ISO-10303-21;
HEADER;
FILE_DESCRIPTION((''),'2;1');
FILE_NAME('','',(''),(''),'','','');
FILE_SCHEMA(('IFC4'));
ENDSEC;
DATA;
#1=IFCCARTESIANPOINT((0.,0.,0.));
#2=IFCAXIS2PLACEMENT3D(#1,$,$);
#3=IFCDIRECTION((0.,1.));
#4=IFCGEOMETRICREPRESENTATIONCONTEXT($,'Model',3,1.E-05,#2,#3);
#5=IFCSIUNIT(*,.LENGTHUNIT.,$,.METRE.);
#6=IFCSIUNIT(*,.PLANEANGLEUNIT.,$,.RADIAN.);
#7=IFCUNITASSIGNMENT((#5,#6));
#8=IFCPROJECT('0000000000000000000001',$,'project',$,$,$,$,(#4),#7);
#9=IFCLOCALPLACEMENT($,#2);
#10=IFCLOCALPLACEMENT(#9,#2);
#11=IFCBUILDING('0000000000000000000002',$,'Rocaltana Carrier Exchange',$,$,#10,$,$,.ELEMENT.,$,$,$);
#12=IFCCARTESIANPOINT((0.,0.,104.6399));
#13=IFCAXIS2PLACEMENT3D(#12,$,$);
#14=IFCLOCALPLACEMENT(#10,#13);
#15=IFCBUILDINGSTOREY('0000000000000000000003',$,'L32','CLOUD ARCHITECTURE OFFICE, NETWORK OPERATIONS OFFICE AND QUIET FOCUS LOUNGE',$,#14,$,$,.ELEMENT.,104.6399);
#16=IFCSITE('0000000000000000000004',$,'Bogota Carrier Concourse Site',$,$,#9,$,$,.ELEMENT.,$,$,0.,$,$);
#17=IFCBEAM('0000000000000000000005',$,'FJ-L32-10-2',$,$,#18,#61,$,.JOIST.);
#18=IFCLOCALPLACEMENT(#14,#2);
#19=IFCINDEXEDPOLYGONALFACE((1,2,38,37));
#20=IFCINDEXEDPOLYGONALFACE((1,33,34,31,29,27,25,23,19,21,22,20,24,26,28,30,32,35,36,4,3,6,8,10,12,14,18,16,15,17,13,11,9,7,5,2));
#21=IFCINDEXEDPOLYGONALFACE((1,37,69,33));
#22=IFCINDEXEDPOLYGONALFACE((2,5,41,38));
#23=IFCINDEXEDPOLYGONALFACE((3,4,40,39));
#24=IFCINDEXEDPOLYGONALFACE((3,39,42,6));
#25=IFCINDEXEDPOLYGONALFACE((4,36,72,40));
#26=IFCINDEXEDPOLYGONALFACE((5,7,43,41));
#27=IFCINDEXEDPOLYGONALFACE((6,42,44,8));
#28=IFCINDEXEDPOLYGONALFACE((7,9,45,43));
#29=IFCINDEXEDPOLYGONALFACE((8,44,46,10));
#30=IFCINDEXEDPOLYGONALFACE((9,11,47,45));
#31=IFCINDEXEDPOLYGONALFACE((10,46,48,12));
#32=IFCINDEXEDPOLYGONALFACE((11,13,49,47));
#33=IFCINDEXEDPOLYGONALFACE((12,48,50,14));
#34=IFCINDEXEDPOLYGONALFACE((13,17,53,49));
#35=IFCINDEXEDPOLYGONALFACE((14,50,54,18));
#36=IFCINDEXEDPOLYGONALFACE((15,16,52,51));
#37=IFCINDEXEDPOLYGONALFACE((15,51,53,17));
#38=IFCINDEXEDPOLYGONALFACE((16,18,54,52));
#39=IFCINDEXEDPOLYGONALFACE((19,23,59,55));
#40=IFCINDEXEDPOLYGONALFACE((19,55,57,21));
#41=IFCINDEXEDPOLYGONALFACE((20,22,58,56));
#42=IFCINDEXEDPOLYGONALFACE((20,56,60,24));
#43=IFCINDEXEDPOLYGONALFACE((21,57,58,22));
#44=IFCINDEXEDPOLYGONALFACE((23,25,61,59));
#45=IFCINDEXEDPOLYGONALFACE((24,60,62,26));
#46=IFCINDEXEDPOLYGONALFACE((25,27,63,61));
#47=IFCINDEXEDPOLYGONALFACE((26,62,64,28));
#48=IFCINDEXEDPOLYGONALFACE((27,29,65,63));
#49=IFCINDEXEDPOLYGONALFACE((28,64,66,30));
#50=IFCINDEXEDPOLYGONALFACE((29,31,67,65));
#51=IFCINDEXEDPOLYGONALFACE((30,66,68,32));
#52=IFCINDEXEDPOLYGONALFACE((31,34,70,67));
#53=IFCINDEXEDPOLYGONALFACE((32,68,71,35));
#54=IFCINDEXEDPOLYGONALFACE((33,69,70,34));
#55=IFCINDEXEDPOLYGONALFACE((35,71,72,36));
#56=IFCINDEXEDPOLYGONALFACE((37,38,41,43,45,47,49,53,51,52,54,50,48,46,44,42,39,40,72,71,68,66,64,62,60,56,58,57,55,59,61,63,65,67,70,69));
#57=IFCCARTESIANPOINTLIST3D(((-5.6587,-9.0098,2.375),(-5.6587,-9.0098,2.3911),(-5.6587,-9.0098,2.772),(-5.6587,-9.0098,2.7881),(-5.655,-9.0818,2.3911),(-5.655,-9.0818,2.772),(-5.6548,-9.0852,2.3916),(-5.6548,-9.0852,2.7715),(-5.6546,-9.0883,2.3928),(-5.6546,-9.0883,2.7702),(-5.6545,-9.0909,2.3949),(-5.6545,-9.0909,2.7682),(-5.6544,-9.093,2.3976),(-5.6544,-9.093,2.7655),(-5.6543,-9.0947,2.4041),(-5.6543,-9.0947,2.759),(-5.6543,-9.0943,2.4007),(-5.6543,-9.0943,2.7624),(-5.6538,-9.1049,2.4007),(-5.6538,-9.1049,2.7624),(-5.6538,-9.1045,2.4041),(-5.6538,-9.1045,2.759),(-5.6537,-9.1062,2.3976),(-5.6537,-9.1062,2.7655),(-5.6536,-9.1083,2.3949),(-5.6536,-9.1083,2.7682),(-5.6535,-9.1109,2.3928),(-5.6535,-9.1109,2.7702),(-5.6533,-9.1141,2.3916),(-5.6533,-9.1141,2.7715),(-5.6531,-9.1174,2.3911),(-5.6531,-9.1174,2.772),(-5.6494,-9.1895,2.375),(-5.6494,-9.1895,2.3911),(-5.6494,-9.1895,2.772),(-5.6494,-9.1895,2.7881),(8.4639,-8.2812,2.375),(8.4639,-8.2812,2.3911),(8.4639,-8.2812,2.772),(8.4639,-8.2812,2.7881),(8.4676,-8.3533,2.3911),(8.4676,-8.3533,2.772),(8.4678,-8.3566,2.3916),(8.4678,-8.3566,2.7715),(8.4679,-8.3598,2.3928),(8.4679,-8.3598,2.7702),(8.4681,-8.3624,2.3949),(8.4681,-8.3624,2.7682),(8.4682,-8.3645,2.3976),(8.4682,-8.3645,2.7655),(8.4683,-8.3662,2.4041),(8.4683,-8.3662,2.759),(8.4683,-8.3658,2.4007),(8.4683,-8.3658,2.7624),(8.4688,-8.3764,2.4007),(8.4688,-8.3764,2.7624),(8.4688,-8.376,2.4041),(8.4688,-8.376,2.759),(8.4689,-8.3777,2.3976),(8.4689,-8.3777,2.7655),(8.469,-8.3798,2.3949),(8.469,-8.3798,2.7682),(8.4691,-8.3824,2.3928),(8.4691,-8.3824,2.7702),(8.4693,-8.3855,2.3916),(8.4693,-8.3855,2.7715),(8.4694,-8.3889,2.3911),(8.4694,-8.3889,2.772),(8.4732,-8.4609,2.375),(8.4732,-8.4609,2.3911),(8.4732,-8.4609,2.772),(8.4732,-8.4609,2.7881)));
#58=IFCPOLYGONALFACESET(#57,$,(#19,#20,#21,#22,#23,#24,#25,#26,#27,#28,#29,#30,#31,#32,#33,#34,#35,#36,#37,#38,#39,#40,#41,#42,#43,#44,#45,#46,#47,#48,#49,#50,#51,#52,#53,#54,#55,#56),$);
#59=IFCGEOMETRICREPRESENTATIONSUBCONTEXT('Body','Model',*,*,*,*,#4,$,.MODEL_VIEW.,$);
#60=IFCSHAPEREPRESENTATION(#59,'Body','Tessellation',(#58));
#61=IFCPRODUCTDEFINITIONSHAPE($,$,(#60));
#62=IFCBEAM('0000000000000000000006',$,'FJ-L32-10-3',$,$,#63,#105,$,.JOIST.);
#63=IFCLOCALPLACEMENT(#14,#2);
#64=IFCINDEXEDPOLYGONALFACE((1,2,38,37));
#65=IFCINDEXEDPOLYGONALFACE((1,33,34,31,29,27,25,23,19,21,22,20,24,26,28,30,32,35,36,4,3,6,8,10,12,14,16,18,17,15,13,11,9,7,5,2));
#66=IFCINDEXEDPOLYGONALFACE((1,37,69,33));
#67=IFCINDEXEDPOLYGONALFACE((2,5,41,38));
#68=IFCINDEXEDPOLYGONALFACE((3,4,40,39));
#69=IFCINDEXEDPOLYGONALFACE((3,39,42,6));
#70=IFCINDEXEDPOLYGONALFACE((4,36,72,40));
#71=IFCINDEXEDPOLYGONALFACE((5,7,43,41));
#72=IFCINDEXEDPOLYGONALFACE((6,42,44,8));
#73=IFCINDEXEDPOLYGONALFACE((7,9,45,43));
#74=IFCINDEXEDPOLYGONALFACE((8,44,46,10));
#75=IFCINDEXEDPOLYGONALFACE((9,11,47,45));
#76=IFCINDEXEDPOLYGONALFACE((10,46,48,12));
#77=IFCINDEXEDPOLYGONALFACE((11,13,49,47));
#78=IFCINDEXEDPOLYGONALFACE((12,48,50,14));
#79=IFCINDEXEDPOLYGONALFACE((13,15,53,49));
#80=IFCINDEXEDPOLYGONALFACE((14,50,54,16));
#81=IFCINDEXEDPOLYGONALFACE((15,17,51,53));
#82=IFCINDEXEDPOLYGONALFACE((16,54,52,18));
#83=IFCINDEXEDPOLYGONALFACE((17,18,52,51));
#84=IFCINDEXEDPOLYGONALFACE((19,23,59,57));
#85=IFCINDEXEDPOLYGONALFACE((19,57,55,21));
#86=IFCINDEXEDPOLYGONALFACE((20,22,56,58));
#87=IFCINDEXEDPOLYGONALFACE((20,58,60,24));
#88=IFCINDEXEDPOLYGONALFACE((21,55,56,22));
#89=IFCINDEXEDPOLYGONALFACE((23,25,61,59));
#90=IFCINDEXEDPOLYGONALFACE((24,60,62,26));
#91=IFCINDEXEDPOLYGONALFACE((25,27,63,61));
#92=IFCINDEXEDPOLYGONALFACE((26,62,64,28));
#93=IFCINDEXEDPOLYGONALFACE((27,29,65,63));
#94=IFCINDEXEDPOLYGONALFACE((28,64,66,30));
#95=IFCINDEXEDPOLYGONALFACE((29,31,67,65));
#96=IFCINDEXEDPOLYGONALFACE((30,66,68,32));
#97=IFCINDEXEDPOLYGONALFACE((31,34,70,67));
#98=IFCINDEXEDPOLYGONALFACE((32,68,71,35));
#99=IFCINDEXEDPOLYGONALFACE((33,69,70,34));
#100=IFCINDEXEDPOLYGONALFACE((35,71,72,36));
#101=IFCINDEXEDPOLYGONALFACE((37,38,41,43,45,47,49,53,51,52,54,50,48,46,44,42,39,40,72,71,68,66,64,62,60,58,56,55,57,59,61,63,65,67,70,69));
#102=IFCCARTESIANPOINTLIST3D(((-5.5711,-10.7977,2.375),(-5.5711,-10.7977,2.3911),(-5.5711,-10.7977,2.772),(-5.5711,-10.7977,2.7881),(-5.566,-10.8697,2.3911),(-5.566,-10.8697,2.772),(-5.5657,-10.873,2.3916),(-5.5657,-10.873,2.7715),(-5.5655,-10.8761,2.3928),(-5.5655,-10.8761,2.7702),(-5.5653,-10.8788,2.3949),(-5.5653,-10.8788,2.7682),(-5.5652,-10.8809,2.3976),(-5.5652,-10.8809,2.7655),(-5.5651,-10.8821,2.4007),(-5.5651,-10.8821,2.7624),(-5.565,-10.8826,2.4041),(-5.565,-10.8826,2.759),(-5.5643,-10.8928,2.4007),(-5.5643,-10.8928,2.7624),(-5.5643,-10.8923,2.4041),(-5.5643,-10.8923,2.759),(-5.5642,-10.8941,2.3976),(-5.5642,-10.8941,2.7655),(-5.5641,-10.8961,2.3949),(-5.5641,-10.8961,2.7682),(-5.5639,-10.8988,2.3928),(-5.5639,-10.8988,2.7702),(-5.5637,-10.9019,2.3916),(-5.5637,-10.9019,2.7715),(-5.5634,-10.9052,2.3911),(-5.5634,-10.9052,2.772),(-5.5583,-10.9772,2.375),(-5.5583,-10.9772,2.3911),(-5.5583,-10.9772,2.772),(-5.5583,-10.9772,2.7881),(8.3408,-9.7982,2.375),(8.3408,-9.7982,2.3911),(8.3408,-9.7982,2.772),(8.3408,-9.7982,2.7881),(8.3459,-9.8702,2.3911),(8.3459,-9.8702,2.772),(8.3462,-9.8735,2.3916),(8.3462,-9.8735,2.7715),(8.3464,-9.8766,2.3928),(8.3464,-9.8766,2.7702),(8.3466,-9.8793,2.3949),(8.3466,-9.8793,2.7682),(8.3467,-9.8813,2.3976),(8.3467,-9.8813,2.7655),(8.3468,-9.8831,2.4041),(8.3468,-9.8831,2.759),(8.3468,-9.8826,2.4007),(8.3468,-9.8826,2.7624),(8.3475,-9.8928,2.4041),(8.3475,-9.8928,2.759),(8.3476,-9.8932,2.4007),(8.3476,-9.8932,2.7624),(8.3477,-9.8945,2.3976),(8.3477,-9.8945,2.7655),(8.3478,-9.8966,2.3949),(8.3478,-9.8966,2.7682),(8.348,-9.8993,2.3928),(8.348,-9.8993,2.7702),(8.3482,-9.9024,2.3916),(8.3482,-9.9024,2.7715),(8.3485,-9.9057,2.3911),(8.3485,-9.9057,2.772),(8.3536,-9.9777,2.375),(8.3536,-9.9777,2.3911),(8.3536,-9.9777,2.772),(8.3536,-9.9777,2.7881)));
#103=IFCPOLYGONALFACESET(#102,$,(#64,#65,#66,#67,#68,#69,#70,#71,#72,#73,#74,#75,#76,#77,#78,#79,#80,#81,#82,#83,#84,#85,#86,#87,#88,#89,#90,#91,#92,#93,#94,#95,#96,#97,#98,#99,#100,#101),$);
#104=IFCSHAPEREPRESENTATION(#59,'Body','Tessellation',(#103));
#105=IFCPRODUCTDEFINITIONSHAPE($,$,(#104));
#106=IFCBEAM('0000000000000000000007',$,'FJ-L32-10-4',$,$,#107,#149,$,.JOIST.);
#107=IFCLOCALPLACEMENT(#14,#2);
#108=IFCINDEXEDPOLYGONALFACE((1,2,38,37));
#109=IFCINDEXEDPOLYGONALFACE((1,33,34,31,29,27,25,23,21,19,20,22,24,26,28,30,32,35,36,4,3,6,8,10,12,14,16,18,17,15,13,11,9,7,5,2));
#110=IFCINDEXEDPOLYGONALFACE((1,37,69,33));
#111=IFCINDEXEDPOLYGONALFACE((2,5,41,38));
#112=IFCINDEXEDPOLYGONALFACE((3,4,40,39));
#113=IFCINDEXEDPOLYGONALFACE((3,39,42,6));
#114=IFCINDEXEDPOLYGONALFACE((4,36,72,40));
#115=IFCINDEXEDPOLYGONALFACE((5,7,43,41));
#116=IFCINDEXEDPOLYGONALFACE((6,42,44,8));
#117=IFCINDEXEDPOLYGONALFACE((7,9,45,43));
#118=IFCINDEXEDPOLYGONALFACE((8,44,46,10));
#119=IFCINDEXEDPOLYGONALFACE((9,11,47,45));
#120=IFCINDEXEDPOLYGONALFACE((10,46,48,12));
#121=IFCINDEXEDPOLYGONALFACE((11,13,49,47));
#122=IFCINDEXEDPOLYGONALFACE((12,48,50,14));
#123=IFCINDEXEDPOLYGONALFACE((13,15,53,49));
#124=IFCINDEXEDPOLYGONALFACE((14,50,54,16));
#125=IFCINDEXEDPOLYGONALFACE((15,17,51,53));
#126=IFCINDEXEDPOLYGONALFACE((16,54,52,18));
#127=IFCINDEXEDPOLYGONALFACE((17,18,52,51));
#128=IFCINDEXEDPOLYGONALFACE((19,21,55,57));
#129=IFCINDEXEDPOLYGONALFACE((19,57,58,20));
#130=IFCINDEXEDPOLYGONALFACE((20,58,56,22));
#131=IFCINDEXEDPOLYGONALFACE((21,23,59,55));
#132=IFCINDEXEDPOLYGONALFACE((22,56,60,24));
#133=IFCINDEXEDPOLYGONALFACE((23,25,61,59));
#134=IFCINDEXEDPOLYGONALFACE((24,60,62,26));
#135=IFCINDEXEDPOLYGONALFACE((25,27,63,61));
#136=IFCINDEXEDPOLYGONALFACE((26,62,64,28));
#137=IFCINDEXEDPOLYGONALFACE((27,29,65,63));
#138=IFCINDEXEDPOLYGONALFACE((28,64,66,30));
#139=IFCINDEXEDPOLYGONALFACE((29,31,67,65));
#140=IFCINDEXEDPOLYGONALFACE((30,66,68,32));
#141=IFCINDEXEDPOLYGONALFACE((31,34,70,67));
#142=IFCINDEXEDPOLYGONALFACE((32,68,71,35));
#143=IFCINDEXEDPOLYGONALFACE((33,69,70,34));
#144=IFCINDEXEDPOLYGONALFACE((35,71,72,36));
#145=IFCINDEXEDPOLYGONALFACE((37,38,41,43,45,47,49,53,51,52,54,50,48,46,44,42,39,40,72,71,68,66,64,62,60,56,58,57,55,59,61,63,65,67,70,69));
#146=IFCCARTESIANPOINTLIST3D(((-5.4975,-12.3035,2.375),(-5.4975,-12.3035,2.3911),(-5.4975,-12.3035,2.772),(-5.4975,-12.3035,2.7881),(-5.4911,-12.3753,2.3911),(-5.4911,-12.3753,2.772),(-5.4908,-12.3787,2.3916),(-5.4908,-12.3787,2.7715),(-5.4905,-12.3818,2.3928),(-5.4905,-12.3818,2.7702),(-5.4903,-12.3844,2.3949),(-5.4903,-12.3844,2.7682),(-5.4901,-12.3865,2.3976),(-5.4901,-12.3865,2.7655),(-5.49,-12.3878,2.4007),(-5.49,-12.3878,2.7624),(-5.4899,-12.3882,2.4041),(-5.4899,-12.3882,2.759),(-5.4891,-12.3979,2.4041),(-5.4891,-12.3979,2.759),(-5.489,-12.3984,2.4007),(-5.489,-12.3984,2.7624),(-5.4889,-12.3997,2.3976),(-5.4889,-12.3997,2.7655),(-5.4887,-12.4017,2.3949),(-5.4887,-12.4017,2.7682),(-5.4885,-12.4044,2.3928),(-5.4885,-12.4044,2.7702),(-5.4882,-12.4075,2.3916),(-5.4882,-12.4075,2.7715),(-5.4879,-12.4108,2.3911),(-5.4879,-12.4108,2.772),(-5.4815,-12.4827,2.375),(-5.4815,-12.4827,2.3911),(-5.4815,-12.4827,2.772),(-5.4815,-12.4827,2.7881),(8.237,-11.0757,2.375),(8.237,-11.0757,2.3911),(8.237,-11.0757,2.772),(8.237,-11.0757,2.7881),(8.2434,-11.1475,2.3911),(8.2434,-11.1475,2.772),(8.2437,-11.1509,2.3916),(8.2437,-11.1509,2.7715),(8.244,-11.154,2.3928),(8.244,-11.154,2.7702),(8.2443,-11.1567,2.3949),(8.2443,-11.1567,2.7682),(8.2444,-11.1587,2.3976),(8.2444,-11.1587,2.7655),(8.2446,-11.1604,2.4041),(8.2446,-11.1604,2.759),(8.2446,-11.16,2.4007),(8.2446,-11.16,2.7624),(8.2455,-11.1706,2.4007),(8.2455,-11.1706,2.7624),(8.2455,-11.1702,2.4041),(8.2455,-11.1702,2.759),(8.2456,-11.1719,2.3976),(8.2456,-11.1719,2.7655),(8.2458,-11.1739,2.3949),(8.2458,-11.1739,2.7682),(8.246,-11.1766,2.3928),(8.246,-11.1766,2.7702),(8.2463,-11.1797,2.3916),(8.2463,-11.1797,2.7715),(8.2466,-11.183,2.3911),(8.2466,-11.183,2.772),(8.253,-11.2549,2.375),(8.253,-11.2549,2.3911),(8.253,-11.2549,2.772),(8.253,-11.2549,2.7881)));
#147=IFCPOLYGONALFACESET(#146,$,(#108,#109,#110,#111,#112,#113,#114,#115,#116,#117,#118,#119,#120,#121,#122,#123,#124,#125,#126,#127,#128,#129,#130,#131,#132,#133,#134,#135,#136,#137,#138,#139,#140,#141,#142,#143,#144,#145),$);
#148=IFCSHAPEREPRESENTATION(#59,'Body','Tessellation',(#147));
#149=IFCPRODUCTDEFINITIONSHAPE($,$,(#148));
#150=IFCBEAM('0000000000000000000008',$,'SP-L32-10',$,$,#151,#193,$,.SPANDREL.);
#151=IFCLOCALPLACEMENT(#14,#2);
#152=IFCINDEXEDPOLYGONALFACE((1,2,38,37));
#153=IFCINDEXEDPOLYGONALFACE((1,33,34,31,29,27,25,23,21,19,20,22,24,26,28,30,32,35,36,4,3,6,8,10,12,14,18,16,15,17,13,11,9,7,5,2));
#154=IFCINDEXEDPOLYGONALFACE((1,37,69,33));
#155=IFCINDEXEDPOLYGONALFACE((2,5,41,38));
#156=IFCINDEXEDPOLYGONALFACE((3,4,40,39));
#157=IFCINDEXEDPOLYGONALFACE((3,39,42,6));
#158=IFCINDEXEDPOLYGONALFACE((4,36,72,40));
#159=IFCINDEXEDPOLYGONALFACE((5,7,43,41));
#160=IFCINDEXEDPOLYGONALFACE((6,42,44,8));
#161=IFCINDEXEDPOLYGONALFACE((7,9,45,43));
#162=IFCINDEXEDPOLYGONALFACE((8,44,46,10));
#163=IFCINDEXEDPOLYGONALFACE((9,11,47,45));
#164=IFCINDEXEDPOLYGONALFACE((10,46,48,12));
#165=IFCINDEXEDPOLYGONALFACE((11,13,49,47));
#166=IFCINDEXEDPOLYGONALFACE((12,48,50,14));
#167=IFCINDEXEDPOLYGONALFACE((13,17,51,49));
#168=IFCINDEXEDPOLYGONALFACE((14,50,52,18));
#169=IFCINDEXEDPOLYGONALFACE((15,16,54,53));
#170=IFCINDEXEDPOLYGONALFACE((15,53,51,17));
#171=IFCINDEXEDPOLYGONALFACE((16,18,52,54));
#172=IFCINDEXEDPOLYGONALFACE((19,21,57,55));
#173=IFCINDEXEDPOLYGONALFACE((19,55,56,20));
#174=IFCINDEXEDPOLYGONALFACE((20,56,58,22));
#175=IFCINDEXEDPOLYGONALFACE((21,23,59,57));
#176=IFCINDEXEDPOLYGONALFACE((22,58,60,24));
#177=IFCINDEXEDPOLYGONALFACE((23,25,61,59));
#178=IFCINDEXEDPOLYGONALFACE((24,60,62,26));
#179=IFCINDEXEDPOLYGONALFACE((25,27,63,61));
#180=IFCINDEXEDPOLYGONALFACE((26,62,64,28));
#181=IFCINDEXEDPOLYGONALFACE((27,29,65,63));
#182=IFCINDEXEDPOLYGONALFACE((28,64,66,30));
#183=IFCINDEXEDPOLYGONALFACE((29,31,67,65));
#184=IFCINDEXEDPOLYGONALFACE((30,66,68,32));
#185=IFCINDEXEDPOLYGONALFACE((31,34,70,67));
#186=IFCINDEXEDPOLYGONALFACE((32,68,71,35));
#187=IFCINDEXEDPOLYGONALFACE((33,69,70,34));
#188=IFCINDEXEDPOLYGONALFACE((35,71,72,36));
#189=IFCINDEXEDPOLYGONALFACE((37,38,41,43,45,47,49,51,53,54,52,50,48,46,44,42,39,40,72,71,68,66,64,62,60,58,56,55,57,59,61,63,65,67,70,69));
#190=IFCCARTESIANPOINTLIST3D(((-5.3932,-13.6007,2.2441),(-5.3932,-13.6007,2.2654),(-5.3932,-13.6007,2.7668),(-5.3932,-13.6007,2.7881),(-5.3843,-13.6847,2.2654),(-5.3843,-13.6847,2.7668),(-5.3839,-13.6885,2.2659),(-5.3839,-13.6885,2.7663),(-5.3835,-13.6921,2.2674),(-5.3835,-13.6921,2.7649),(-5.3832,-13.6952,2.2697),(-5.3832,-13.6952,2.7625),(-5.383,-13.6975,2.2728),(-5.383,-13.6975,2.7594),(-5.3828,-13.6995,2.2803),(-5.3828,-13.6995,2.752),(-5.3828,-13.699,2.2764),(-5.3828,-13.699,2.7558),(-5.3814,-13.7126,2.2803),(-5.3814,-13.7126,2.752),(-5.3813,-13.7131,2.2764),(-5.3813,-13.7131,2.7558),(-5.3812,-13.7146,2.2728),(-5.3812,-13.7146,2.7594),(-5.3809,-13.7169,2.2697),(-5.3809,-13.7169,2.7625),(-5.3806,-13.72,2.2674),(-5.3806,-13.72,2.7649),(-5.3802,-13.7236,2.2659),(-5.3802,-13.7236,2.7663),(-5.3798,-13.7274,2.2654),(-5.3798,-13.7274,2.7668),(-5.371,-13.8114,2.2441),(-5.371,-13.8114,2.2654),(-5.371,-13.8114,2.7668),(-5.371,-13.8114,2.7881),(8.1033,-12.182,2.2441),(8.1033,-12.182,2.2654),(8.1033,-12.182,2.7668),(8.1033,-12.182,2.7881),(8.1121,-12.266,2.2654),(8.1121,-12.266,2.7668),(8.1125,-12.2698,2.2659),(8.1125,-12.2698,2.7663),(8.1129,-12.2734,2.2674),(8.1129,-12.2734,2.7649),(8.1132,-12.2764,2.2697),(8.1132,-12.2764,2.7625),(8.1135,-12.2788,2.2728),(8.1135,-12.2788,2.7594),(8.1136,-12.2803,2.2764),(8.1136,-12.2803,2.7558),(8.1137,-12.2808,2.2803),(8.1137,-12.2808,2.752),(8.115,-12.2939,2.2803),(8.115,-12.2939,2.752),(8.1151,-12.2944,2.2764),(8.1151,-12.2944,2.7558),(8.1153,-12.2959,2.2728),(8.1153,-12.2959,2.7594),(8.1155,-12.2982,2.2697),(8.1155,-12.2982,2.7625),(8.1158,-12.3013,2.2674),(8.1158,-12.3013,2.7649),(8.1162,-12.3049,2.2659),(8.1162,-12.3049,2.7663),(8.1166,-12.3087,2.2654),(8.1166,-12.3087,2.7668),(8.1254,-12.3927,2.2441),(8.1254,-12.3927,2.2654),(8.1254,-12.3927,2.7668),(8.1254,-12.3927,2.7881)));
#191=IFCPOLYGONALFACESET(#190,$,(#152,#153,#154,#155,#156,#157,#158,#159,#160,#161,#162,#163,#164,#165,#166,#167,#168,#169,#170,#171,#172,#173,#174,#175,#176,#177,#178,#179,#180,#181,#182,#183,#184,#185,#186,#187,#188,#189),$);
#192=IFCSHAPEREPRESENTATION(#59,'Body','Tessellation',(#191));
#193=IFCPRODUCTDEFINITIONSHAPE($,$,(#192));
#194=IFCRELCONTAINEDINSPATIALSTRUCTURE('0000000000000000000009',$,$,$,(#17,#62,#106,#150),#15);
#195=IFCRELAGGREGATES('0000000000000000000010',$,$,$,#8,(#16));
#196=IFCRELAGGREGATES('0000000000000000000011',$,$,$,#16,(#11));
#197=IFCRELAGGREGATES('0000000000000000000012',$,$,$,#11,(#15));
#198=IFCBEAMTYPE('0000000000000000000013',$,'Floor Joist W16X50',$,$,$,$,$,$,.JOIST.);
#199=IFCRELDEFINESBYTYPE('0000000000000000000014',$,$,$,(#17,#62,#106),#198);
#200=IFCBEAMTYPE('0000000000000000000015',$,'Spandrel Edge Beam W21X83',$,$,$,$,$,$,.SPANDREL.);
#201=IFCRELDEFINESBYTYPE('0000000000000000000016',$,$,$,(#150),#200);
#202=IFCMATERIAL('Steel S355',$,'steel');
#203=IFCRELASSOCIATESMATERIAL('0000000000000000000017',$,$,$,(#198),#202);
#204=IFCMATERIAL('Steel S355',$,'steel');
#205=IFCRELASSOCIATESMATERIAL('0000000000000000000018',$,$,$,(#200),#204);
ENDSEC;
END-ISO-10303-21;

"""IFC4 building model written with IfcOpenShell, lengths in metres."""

from ifc_helpers import new_model, si_unit, direction, frame, origin, origin_2d, place, context, subcontext, project, spatial, i_section, extrude, material, material_profile, profile_set, type_object, element, save


model = new_model("IFC4")

# Units and contexts
model_context = context("Model", 3, precision=1e-05, world=origin(), true_north=direction((0.0, 1.0)))
body_context = subcontext(model_context, "Body", "Model", "MODEL_VIEW")
ifc_project = project(units=[si_unit("LENGTHUNIT", "METRE"), si_unit("PLANEANGLEUNIT", "RADIAN")], contexts=[model_context])

# Site, building, storey
site_placement = place(None, origin())
site = spatial("IfcSite", under=ifc_project, at=site_placement, Name="Bogota Carrier Concourse Site", CompositionType="ELEMENT", RefElevation=0.0)
building_placement = place(site_placement, origin())
building = spatial("IfcBuilding", under=site, at=building_placement, Name="Rocaltana Carrier Exchange", CompositionType="ELEMENT")
storey_placement = place(building_placement, frame((0.0, 0.0, 104.6399)))
storey = spatial("IfcBuildingStorey", under=building, at=storey_placement, Name="L32", Description="CLOUD ARCHITECTURE OFFICE, NETWORK OPERATIONS OFFICE AND QUIET FOCUS LOUNGE", CompositionType="ELEMENT", Elevation=104.6399)

# Beams
ifc_material_1 = material(Name="Steel S355", Category="steel")
ifc_material_profile_1 = material_profile(ifc_material_1, i_section(OverallWidth=0.1799, OverallDepth=0.4131, WebThickness=0.0098, FlangeThickness=0.0161, FilletRadius=0.0129, at=origin_2d()), Name="W16X50")
ifc_profile_set_1 = profile_set([ifc_material_profile_1], Name="Steel S355")
beam_type_1 = type_object("IfcBeamType", Name="Floor Joist W16X50", PredefinedType="JOIST", material=ifc_profile_set_1)
beam_1_placement = place(storey_placement, frame((-5.6541, -9.0996, 2.5815), z_axis=(0.998672, 0.051517, 0.0), x_axis=(-0.051517, 0.998672, 0.0)))
element("IfcBeam", 1, at=beam_1_placement, inside=storey, type_object=beam_type_1, Name="FJ-L32-10-2", PredefinedType="JOIST", context=body_context, shape_type="SweptSolid", body=[
    extrude(i_section(OverallWidth=0.1799, OverallDepth=0.4131, WebThickness=0.0098, FlangeThickness=0.0161, FilletRadius=0.0129, at=origin_2d()), origin(), (0.0, 0.0, 1.0), 14.1414),
])
beam_2_placement = place(storey_placement, frame((-5.5647, -10.8875, 2.5815), z_axis=(0.997429, 0.071661, 0.0), x_axis=(-0.071661, 0.997429, 0.0)))
element("IfcBeam", 2, at=beam_2_placement, inside=storey, type_object=beam_type_1, Name="FJ-L32-10-3", PredefinedType="JOIST", context=body_context, shape_type="SweptSolid", body=[
    extrude(i_section(OverallWidth=0.1799, OverallDepth=0.4131, WebThickness=0.0098, FlangeThickness=0.0161, FilletRadius=0.0129, at=origin_2d()), origin(), (0.0, 0.0, 1.0), 13.9478),
])
beam_3_placement = place(storey_placement, frame((-5.4895, -12.3931, 2.5815), z_axis=(0.996028, 0.089038, 0.0), x_axis=(-0.089038, 0.996028, 0.0)))
element("IfcBeam", 3, at=beam_3_placement, inside=storey, type_object=beam_type_1, Name="FJ-L32-10-4", PredefinedType="JOIST", context=body_context, shape_type="SweptSolid", body=[
    extrude(i_section(OverallWidth=0.1799, OverallDepth=0.4131, WebThickness=0.0098, FlangeThickness=0.0161, FilletRadius=0.0129, at=origin_2d()), origin(), (0.0, 0.0, 1.0), 13.7893),
])
ifc_material_2 = material(Name="Steel S355", Category="steel")
ifc_material_profile_2 = material_profile(ifc_material_2, i_section(OverallWidth=0.2119, OverallDepth=0.5439, WebThickness=0.0132, FlangeThickness=0.0212, FilletRadius=0.0149, at=origin_2d()), Name="W21X83")
ifc_profile_set_2 = profile_set([ifc_material_profile_2], Name="Steel S355")
beam_type_2 = type_object("IfcBeamType", Name="Spandrel Edge Beam W21X83", PredefinedType="SPANDREL", material=ifc_profile_set_2)
beam_4_placement = place(storey_placement, frame((-5.3821, -13.7061, 2.5161), z_axis=(0.994521, 0.104542, 0.0), x_axis=(-0.104542, 0.994521, 0.0)))
element("IfcBeam", 4, at=beam_4_placement, inside=storey, type_object=beam_type_2, Name="SP-L32-10", PredefinedType="SPANDREL", context=body_context, shape_type="SweptSolid", body=[
    extrude(i_section(OverallWidth=0.2119, OverallDepth=0.5439, WebThickness=0.0132, FlangeThickness=0.0212, FilletRadius=0.0149, at=origin_2d()), origin(), (0.0, 0.0, 1.0), 13.5708),
])

save(model, "model.ifc")
